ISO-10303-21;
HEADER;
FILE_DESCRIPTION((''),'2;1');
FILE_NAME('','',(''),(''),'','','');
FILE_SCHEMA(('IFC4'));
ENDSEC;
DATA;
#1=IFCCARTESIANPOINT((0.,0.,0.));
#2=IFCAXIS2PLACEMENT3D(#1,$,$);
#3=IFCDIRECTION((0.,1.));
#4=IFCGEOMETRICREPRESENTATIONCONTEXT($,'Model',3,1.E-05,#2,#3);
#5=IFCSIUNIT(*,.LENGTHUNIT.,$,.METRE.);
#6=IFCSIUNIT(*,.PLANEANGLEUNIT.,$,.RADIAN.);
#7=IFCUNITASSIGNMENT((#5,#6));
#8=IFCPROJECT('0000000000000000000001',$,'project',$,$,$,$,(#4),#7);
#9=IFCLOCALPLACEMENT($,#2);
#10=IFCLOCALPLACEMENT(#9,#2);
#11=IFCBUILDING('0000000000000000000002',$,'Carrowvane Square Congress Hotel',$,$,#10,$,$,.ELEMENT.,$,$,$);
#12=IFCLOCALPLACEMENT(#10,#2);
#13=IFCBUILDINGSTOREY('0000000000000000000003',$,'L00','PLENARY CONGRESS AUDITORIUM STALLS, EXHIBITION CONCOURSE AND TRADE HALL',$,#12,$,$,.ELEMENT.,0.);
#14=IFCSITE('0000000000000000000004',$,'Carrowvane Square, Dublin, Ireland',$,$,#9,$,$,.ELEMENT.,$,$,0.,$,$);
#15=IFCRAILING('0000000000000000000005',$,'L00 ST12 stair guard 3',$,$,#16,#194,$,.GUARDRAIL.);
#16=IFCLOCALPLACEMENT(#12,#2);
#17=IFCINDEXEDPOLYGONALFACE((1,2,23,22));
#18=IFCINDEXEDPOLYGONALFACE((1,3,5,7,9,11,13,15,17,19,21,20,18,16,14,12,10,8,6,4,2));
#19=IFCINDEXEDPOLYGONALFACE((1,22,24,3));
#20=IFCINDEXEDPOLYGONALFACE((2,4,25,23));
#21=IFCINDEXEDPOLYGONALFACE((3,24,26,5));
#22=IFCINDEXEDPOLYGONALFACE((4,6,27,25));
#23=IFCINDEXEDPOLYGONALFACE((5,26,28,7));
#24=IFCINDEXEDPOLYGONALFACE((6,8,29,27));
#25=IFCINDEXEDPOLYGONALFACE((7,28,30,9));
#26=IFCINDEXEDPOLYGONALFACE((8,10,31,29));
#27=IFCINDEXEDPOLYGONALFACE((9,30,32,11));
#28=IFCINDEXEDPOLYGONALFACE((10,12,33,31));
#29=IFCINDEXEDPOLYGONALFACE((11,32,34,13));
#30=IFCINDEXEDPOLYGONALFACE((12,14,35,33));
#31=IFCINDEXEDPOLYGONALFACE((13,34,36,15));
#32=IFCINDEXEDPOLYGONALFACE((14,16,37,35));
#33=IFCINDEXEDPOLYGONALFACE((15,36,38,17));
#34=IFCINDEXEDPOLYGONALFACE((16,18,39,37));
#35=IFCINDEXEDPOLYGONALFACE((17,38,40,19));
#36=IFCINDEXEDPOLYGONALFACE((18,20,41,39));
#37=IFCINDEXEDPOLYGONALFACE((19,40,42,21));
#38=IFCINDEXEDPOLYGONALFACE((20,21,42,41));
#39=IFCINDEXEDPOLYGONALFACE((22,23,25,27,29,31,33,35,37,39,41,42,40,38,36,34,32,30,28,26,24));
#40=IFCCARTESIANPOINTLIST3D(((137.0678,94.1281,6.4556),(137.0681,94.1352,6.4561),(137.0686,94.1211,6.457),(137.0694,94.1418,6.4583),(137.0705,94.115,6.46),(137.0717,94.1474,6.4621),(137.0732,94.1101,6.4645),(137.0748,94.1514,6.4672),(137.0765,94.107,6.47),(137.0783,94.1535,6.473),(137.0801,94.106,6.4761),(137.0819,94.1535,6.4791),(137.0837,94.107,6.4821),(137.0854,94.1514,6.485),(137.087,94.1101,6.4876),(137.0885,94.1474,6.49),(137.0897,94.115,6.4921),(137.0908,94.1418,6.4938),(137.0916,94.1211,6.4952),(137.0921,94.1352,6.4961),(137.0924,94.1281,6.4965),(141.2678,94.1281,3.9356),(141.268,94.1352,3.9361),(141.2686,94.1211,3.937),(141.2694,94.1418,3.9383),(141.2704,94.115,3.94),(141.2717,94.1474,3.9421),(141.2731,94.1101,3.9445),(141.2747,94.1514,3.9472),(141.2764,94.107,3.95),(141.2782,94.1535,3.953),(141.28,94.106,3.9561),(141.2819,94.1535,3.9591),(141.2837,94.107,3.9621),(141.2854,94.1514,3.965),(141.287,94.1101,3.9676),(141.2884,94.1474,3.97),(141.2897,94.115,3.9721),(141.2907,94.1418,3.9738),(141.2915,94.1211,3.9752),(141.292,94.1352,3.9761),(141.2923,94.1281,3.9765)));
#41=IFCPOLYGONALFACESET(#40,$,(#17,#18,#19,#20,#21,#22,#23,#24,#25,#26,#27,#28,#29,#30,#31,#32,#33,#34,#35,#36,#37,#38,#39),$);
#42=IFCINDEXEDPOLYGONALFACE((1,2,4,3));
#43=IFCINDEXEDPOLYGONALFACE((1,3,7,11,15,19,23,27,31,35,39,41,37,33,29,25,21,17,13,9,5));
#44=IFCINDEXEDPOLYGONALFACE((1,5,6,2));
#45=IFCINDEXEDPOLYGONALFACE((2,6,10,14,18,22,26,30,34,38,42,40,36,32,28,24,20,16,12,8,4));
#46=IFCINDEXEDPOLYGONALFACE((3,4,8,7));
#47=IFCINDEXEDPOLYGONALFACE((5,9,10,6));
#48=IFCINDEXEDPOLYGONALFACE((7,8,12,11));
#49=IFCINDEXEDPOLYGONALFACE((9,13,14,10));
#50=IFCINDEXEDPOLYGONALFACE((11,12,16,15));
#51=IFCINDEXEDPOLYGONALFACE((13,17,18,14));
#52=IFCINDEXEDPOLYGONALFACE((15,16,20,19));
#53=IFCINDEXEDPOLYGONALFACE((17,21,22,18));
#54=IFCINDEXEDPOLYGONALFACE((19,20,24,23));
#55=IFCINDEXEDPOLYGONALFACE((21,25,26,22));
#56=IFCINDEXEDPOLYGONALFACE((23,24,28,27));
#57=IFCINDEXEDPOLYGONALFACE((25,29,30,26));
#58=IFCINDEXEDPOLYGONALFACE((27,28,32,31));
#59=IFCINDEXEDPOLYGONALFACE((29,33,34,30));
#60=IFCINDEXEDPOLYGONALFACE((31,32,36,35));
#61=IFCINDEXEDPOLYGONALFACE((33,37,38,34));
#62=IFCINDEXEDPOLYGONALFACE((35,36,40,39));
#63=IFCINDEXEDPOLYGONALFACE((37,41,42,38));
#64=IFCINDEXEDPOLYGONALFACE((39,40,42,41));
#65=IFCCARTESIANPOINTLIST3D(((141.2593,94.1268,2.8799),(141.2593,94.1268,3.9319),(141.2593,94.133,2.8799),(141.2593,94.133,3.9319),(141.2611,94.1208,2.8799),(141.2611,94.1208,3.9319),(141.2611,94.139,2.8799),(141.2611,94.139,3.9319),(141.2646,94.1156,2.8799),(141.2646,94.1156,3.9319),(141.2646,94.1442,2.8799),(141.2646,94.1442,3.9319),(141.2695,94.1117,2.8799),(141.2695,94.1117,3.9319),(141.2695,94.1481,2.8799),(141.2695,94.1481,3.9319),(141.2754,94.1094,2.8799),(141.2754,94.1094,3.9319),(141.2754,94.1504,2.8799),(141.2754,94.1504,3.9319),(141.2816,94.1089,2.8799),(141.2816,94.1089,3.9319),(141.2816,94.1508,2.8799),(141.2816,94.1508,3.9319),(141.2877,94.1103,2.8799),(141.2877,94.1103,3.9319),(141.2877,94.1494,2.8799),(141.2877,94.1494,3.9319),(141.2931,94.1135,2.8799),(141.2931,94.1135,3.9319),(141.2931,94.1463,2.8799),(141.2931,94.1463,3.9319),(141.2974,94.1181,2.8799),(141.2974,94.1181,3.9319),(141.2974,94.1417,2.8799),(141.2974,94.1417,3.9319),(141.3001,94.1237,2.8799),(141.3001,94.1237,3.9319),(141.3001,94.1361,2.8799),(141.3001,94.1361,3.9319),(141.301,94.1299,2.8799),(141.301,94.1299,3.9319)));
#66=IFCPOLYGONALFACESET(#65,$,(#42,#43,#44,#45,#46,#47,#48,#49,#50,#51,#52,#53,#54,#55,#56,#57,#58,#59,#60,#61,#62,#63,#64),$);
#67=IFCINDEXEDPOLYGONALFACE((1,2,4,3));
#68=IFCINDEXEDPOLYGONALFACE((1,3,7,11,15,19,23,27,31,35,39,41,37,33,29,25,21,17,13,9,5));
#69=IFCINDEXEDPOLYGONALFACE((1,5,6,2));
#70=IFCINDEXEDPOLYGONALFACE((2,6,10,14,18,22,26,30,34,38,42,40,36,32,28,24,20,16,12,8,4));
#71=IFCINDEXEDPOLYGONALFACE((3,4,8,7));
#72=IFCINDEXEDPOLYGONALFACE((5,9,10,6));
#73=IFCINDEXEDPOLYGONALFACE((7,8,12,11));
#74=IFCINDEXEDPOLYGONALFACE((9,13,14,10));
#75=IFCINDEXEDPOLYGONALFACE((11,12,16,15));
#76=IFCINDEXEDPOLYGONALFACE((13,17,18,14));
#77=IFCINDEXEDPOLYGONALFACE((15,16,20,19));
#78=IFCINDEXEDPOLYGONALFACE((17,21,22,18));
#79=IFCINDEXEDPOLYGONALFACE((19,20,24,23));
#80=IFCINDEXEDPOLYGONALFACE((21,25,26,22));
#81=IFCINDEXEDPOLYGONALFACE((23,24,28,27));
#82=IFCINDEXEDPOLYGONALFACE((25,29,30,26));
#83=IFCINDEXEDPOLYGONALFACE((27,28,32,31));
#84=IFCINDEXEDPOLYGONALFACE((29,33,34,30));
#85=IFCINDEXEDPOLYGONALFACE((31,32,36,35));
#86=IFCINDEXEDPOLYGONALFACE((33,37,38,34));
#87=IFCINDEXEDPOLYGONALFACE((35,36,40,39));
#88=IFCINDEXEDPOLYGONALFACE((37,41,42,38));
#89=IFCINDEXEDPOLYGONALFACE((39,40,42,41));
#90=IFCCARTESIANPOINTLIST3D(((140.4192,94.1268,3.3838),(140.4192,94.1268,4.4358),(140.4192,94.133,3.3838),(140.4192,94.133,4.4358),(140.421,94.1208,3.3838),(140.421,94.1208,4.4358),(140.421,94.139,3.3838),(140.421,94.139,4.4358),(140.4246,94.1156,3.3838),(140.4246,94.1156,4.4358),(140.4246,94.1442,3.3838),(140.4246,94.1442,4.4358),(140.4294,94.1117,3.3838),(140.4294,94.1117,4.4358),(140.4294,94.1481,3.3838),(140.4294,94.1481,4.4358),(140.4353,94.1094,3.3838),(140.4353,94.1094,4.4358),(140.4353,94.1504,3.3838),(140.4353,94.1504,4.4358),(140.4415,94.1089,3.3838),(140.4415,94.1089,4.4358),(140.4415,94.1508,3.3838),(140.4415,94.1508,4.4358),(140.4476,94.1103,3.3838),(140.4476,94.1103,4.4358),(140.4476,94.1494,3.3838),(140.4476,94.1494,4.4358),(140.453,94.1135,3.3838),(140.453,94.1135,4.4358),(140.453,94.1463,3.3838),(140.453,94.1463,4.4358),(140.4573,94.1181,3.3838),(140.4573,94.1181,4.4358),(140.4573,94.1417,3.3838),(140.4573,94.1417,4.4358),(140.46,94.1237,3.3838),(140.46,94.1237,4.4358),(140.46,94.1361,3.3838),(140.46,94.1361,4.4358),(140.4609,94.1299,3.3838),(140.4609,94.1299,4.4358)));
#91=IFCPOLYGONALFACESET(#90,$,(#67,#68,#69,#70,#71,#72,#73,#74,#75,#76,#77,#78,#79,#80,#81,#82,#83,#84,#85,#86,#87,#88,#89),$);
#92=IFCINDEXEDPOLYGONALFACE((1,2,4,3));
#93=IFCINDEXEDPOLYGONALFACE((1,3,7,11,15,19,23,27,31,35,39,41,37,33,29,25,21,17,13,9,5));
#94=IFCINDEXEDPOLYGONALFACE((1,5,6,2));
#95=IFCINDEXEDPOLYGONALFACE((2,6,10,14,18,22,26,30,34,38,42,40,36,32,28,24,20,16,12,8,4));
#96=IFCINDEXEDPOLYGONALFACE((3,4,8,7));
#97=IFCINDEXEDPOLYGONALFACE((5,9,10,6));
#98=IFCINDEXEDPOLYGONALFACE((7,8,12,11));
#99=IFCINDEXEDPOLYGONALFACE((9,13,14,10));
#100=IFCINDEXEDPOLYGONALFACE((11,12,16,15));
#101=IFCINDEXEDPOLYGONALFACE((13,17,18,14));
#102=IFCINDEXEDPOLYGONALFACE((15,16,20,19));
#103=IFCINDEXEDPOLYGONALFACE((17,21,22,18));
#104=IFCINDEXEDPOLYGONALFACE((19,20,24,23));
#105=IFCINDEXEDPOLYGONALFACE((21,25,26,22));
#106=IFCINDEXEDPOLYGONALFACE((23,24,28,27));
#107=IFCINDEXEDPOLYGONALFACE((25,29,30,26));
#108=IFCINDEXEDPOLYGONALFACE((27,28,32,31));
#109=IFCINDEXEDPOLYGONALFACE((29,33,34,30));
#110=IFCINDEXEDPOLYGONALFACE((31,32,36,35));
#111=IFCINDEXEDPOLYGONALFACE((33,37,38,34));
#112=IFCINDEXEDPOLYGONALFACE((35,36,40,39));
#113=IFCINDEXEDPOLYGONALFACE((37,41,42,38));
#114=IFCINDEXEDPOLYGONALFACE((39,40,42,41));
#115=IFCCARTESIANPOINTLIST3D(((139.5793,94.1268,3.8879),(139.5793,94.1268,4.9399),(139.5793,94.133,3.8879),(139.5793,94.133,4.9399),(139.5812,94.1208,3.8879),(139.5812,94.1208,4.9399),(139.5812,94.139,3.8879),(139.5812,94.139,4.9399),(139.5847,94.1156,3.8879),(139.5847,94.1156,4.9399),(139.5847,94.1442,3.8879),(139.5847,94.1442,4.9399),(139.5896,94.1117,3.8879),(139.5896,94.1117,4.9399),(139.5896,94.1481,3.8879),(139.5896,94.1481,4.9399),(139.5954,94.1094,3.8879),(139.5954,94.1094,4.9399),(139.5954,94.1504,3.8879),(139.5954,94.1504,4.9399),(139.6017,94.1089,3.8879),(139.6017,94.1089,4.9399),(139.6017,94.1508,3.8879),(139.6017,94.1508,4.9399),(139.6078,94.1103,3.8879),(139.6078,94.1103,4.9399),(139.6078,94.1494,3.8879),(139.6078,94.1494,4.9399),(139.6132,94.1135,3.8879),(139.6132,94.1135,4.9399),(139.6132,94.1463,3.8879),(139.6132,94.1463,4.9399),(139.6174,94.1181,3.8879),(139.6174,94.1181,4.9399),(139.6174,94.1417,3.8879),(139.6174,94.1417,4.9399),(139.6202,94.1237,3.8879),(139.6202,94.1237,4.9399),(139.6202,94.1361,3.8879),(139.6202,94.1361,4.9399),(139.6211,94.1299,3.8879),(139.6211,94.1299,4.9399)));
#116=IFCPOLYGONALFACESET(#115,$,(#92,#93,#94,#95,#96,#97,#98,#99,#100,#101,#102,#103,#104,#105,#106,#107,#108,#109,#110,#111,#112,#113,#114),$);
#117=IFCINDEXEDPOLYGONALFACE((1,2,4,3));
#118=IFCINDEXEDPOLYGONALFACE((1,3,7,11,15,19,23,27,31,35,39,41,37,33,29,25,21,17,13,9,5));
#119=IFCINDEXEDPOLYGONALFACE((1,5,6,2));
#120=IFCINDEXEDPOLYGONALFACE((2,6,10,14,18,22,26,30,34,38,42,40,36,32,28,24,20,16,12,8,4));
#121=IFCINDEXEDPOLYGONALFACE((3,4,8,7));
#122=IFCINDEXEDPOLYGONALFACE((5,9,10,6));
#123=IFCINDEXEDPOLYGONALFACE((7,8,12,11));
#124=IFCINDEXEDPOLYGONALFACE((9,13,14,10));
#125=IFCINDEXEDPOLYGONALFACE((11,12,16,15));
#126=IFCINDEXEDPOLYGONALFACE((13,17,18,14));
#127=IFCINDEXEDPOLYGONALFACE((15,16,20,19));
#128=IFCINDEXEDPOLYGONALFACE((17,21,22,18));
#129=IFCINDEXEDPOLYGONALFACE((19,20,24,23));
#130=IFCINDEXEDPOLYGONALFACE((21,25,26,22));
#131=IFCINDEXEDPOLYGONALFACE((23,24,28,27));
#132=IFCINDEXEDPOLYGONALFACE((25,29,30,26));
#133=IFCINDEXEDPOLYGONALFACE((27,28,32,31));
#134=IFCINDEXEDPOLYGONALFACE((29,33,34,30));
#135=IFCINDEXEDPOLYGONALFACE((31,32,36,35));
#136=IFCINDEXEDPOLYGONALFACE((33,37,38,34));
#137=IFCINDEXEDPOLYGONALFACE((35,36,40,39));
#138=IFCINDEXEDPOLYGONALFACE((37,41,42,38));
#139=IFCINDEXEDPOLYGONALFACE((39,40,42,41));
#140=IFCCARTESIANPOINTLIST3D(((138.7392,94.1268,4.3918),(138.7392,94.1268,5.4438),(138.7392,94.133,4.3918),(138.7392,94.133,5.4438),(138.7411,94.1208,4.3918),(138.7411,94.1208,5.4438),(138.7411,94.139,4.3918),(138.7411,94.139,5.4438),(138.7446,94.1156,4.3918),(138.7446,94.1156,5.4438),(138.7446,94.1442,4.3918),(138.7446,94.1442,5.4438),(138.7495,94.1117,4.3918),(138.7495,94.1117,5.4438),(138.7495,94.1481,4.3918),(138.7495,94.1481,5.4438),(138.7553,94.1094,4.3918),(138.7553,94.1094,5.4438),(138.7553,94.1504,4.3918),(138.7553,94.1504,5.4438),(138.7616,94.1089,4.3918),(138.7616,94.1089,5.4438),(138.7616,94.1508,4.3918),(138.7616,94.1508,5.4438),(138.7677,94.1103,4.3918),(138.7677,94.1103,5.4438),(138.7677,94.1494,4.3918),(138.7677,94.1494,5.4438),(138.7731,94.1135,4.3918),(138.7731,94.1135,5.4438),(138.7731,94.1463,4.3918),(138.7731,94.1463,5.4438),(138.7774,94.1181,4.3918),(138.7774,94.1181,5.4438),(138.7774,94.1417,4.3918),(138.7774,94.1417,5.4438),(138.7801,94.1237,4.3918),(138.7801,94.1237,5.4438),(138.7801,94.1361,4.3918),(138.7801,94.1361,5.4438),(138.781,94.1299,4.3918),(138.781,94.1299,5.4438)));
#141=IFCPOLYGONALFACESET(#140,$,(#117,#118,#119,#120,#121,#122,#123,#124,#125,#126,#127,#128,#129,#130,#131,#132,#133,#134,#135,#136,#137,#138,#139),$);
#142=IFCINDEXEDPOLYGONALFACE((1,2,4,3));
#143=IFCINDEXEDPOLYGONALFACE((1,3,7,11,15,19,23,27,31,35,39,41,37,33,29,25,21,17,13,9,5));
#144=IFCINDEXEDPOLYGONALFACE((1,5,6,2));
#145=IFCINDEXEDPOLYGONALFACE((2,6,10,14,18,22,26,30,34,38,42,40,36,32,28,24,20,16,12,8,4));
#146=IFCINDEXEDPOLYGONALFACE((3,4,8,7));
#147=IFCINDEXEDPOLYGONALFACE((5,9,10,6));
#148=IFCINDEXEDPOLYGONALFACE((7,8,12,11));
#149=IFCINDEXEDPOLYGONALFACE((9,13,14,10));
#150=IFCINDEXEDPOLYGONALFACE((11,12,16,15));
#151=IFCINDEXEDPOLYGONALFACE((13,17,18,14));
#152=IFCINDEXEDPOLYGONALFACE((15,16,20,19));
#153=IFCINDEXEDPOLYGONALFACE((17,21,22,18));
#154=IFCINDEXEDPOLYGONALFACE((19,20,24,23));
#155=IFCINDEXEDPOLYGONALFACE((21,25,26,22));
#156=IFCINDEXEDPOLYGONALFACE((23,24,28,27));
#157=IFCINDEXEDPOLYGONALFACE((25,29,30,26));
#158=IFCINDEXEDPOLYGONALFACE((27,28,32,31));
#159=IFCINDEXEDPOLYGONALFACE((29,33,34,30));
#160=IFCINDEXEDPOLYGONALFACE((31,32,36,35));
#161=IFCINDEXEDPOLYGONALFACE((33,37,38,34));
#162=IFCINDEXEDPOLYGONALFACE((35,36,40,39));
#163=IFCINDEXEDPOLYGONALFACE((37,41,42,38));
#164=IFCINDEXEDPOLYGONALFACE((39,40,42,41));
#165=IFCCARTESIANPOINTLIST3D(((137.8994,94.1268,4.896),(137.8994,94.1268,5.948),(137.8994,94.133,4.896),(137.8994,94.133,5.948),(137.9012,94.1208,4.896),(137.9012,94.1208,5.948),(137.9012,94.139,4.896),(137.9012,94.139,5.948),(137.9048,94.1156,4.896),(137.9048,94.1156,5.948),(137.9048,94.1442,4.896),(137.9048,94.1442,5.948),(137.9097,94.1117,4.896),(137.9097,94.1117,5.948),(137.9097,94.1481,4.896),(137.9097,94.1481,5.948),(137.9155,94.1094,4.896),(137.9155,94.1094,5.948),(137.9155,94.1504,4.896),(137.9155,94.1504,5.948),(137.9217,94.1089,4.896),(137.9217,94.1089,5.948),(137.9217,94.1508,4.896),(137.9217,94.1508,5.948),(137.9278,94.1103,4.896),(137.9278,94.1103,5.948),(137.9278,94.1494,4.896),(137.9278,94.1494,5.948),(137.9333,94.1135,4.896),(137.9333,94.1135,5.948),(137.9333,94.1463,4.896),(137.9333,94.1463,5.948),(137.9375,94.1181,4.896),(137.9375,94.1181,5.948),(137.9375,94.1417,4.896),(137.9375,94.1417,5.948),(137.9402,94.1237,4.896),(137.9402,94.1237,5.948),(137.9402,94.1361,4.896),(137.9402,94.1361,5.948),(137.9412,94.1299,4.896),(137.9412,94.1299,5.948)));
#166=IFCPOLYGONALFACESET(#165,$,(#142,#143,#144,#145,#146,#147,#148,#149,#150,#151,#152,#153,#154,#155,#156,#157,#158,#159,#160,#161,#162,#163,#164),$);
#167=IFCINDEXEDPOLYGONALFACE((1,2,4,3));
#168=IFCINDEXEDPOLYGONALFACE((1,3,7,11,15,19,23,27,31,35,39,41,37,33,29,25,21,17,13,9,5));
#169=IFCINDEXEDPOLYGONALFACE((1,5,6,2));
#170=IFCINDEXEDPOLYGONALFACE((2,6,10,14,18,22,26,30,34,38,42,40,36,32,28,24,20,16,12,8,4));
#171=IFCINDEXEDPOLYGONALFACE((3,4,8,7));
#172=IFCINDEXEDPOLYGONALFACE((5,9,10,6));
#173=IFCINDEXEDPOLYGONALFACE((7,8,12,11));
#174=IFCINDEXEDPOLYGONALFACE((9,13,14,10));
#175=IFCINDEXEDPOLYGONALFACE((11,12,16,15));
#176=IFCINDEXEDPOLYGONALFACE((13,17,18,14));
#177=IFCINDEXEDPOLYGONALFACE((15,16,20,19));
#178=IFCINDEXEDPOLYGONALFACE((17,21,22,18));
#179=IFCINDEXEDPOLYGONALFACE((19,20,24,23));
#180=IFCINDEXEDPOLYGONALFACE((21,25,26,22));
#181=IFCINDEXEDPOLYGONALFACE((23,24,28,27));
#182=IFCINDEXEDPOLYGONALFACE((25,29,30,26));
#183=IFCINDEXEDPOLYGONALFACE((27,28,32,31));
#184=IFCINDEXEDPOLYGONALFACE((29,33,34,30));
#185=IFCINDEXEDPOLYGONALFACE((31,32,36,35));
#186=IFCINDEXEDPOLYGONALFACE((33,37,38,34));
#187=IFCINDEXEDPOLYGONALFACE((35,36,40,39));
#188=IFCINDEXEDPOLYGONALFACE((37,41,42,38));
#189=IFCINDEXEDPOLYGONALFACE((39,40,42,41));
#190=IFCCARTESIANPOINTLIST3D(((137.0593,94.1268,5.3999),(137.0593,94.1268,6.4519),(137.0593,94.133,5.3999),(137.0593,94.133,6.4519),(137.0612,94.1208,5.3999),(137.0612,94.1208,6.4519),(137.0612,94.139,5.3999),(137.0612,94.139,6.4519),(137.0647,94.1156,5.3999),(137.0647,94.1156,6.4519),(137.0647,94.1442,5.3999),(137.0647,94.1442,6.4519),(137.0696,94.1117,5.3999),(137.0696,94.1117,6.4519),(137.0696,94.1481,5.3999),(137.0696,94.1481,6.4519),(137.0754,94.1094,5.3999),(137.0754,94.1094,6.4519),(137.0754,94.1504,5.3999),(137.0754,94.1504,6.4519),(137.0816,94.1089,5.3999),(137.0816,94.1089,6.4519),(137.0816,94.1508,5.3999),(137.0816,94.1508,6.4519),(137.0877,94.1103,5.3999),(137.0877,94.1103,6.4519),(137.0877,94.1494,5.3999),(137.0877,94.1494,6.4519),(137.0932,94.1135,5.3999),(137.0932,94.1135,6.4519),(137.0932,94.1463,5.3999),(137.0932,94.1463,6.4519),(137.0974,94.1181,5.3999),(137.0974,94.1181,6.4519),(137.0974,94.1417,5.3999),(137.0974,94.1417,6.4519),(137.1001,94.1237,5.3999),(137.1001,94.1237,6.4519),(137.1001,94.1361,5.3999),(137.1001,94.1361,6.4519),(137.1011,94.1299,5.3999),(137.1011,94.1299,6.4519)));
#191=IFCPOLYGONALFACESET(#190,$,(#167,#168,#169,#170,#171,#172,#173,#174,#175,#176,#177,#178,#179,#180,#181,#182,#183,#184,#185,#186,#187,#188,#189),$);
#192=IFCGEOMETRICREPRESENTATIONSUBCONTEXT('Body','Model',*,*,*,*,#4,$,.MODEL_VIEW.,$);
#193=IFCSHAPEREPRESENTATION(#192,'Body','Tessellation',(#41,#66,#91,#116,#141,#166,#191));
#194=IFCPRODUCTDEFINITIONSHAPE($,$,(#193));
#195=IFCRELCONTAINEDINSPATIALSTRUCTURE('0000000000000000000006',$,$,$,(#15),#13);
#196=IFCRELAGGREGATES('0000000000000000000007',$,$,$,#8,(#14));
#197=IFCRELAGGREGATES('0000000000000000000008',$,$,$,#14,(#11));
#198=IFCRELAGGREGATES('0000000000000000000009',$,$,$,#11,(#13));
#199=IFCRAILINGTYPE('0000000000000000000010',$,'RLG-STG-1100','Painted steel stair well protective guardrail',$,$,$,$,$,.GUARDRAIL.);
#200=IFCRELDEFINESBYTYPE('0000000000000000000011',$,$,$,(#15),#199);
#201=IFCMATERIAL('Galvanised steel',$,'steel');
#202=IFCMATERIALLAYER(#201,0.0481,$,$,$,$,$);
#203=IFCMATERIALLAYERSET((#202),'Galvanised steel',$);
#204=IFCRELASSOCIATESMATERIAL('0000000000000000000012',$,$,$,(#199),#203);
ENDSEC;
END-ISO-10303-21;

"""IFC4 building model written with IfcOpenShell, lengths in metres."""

from ifc_helpers import new_model, si_unit, direction, frame, origin, origin_2d, place, context, subcontext, project, spatial, circle, extrude, material, layer, layer_set, type_object, element, save


model = new_model("IFC4")

# Units and contexts
model_context = context("Model", 3, precision=1e-05, world=origin(), true_north=direction((0.0, 1.0)))
body_context = subcontext(model_context, "Body", "Model", "MODEL_VIEW")
ifc_project = project(units=[si_unit("LENGTHUNIT", "METRE"), si_unit("PLANEANGLEUNIT", "RADIAN")], contexts=[model_context])

# Site, building, storey
site_placement = place(None, origin())
site = spatial("IfcSite", under=ifc_project, at=site_placement, Name="Carrowvane Square, Dublin, Ireland", CompositionType="ELEMENT", RefElevation=0.0)
building_placement = place(site_placement, origin())
building = spatial("IfcBuilding", under=site, at=building_placement, Name="Carrowvane Square Congress Hotel", CompositionType="ELEMENT")
storey_placement = place(building_placement, origin())
storey = spatial("IfcBuildingStorey", under=building, at=storey_placement, Name="L00", Description="PLENARY CONGRESS AUDITORIUM STALLS, EXHIBITION CONCOURSE AND TRADE HALL", CompositionType="ELEMENT", Elevation=0.0)

# Railing
ifc_material_1 = material(Name="Galvanised steel", Category="steel")
ifc_layer_1 = layer(ifc_material_1, 0.0481)
ifc_layer_set_1 = layer_set([ifc_layer_1], Name="Galvanised steel")
railing_type_1 = type_object("IfcRailingType", Name="RLG-STG-1100", Description="Painted steel stair well protective guardrail", PredefinedType="GUARDRAIL", material=ifc_layer_set_1)
railing_1_placement = place(storey_placement, frame((141.28, 94.1299, 2.8799)))
element("IfcRailing", 1, at=railing_1_placement, inside=storey, type_object=railing_type_1, Name="L00 ST12 stair guard 3", PredefinedType="GUARDRAIL", context=body_context, shape_type="SweptSolid", body=[
    extrude(circle(Radius=0.0239, at=origin_2d()), frame((0.0, 0.0, 1.0762), z_axis=(-0.857489, 0.0, 0.514503), x_axis=(0.0, -1.0, 0.0)), (0.0, 0.0, 1.0), 4.8979),
    extrude(circle(Radius=0.021, at=origin_2d()), origin(), (0.0, 0.0, 1.0), 1.052),
    extrude(circle(Radius=0.021, at=origin_2d()), frame((-0.8401, 0.0, 0.5039)), (0.0, 0.0, 1.0), 1.052),
    extrude(circle(Radius=0.021, at=origin_2d()), frame((-1.6799, 0.0, 1.0081)), (0.0, 0.0, 1.0), 1.052),
    extrude(circle(Radius=0.021, at=origin_2d()), frame((-2.52, 0.0, 1.512)), (0.0, 0.0, 1.0), 1.052),
    extrude(circle(Radius=0.021, at=origin_2d()), frame((-3.3599, 0.0, 2.0161)), (0.0, 0.0, 1.0), 1.052),
    extrude(circle(Radius=0.021, at=origin_2d()), frame((-4.2, 0.0, 2.52)), (0.0, 0.0, 1.0), 1.052),
])

save(model, "model.ifc")
